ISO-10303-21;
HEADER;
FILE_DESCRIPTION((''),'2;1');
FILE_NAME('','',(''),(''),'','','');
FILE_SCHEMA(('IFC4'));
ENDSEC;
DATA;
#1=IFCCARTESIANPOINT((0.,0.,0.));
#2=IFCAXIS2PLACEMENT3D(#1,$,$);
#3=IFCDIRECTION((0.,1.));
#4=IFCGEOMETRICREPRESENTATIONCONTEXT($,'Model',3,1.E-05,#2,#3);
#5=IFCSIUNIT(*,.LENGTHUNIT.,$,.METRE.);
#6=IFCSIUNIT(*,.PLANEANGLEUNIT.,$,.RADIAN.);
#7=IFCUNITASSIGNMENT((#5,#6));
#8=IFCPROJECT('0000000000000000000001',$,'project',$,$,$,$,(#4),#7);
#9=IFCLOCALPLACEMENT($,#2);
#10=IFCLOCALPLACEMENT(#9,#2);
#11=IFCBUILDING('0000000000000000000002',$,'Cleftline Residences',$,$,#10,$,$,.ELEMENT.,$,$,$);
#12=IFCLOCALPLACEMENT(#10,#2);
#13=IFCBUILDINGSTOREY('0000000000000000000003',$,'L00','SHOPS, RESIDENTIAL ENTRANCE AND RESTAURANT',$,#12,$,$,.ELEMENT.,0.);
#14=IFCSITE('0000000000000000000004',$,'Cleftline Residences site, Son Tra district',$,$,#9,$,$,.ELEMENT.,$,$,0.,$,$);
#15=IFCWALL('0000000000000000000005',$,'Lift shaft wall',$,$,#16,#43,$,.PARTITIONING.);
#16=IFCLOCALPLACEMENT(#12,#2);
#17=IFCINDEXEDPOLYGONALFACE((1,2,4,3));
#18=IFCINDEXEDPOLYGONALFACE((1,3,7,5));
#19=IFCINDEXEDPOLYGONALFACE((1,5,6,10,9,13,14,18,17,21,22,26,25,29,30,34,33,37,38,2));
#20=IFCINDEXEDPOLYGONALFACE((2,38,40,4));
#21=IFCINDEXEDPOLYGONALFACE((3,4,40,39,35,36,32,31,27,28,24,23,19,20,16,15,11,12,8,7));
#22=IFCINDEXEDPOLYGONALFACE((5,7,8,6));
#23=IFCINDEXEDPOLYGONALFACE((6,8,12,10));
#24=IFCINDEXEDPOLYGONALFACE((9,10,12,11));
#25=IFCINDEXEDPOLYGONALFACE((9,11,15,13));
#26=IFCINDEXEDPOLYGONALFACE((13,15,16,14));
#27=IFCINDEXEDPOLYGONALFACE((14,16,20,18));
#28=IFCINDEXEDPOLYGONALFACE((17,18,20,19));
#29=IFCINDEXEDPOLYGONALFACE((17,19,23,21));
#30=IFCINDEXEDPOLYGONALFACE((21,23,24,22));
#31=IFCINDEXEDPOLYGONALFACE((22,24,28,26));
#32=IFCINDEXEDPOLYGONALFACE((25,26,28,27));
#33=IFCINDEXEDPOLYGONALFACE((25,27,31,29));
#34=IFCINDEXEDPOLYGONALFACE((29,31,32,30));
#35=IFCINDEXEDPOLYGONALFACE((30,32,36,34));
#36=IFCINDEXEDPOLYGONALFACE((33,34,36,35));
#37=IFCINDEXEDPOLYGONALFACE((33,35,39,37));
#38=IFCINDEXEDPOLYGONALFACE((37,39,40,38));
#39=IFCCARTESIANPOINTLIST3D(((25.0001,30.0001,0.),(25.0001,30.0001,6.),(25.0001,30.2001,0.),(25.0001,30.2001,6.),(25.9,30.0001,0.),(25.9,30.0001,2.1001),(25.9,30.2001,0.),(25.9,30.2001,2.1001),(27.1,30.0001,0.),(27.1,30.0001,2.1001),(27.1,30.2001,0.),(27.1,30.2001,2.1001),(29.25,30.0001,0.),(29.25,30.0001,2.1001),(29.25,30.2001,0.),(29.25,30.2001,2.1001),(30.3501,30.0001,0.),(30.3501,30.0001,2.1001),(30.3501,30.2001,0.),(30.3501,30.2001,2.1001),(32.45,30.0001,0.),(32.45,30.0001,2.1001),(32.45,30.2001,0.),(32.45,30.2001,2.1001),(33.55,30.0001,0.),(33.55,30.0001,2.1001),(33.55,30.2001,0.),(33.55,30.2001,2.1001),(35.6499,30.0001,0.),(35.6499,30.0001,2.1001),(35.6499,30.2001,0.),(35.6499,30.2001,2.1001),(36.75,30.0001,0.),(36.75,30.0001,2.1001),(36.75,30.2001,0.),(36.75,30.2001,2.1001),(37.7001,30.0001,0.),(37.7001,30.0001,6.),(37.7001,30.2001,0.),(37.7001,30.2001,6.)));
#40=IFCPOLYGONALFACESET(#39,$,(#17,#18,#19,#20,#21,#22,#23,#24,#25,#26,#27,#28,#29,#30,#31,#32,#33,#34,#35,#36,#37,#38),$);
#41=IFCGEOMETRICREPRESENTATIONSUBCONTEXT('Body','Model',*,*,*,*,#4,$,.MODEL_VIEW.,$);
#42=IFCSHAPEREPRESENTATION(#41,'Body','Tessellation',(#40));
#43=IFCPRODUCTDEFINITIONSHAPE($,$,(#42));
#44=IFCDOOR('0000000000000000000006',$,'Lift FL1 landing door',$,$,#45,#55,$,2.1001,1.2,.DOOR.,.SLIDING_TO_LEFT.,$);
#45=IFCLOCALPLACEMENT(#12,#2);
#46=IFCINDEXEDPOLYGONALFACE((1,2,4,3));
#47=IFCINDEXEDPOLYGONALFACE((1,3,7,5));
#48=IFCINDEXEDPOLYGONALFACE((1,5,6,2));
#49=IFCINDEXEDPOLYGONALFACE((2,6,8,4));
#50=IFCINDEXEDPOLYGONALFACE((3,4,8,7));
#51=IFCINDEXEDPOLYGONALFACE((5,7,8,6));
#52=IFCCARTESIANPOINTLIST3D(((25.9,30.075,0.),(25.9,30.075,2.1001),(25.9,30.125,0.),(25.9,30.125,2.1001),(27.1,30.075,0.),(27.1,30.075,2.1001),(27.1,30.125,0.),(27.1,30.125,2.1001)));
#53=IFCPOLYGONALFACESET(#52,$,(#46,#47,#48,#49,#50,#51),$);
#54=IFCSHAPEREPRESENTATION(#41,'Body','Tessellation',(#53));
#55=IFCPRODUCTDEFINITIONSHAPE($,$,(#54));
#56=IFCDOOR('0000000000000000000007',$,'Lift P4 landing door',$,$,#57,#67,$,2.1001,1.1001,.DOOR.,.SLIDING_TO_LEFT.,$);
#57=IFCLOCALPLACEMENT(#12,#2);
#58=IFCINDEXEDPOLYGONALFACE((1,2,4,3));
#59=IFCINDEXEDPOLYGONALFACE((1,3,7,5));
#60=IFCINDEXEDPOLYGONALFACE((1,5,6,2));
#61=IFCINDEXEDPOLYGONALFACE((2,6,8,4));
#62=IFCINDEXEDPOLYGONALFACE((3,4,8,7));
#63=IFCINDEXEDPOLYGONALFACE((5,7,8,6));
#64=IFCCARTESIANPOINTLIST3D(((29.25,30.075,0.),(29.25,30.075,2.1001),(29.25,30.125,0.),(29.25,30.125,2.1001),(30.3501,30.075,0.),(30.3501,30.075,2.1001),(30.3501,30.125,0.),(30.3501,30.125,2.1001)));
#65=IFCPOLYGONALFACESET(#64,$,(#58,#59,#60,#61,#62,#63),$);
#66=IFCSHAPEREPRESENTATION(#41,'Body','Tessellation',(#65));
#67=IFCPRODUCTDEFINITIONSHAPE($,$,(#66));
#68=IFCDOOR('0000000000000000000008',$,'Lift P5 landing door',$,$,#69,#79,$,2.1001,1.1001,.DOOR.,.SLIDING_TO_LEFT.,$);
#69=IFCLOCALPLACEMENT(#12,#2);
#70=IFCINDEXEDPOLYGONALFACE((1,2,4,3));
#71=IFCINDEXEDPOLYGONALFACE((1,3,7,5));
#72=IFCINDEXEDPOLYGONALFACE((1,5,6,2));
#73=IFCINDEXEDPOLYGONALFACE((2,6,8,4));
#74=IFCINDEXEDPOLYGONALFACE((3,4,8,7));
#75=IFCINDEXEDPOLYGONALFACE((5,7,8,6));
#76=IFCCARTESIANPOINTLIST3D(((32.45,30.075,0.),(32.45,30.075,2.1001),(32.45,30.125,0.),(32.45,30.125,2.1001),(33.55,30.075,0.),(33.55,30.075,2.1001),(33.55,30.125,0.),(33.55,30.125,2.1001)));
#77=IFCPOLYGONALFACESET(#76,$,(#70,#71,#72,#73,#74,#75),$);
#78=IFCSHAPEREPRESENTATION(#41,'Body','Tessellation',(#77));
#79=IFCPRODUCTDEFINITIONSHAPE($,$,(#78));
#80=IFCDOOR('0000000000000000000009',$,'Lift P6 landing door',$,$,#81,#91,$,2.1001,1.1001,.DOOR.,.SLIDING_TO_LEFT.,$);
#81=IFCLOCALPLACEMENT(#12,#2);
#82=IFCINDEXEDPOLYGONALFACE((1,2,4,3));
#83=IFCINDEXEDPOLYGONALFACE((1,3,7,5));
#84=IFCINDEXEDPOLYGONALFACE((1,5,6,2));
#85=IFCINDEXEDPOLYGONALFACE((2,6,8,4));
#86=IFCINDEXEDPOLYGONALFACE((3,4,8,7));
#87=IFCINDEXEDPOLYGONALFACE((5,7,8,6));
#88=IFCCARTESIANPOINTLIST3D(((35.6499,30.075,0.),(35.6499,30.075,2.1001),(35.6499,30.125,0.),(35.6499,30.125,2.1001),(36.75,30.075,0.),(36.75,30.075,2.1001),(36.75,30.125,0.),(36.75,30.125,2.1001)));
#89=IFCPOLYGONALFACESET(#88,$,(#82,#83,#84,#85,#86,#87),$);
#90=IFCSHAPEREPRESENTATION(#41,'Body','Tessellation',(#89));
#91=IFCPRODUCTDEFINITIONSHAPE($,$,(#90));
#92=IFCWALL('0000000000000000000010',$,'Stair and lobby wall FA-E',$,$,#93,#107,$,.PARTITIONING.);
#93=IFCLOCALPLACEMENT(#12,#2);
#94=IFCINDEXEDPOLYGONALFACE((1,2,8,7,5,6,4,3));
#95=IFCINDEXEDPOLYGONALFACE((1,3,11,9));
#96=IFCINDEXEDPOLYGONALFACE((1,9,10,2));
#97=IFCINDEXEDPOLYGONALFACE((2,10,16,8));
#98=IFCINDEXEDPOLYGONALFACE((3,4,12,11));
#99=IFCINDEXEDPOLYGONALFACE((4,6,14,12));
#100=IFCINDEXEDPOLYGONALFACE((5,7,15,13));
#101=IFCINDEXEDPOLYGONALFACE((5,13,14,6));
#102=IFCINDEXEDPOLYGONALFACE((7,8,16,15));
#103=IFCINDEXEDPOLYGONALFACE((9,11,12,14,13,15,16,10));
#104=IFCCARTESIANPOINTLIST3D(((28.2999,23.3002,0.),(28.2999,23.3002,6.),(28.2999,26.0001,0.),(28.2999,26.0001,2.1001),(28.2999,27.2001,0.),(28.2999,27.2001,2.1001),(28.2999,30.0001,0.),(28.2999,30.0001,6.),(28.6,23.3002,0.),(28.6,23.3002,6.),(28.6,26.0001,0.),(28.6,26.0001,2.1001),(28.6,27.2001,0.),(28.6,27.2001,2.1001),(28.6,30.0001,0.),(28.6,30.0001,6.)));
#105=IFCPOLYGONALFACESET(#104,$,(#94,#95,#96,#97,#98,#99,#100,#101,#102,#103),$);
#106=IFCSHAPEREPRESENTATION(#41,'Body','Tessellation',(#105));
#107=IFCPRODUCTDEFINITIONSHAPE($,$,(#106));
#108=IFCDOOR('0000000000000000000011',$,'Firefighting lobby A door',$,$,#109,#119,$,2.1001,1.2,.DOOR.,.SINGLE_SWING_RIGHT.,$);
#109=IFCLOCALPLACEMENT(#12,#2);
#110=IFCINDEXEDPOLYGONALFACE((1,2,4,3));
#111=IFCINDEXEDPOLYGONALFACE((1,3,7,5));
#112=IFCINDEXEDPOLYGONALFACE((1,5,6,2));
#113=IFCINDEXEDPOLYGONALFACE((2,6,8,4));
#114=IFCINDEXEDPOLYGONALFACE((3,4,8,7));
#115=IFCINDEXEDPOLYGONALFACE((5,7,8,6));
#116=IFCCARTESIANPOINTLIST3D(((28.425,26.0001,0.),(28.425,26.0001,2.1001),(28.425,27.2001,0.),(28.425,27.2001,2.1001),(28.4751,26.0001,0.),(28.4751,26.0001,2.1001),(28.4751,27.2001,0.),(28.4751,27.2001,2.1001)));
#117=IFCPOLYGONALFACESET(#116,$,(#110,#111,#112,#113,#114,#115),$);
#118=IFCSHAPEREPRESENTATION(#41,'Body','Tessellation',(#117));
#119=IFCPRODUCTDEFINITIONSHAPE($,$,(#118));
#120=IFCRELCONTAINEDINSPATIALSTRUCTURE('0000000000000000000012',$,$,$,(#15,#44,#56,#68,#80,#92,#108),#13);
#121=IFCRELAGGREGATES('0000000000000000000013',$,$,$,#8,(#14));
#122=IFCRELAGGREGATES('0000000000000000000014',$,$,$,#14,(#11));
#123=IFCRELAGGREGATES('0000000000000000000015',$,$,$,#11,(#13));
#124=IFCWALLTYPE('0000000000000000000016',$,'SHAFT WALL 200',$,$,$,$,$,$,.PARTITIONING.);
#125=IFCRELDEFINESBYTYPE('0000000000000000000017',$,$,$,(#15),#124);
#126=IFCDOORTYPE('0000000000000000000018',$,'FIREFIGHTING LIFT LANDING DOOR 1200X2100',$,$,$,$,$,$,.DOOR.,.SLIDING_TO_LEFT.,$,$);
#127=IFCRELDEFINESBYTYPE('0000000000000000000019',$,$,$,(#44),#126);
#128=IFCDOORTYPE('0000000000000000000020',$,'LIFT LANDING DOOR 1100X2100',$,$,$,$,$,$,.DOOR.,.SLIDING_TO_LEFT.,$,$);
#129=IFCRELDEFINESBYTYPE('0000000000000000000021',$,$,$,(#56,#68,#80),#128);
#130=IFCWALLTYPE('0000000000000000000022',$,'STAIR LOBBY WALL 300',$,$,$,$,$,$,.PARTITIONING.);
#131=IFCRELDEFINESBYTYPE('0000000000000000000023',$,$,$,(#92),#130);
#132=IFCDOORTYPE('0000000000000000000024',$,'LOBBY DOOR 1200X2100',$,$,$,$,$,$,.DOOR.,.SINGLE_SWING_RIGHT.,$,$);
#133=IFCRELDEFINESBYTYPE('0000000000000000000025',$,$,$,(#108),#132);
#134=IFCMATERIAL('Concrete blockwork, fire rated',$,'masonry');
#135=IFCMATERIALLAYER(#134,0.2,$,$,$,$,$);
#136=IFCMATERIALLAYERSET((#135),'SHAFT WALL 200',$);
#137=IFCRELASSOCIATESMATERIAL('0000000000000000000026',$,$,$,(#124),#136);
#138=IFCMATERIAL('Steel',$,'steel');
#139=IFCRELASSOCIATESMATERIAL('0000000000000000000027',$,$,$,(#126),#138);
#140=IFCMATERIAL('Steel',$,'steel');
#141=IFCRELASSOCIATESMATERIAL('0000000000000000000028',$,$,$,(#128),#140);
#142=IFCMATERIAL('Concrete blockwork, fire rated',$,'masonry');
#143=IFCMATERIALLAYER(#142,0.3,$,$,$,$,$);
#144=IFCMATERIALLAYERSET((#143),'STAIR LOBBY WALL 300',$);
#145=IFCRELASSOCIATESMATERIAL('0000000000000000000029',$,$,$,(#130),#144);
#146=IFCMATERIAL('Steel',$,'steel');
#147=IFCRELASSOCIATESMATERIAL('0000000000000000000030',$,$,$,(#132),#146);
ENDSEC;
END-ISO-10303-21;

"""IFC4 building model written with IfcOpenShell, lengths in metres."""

from ifc_helpers import new_model, si_unit, direction, frame, frame_2d, origin, place, context, subcontext, project, spatial, rectangle, extrude, material, layer, layer_set, type_object, element, fill, save


model = new_model("IFC4")

# Units and contexts
model_context = context("Model", 3, precision=1e-05, world=origin(), true_north=direction((0.0, 1.0)))
body_context = subcontext(model_context, "Body", "Model", "MODEL_VIEW")
ifc_project = project(units=[si_unit("LENGTHUNIT", "METRE"), si_unit("PLANEANGLEUNIT", "RADIAN")], contexts=[model_context])

# Site, building, storey
site_placement = place(None, origin())
site = spatial("IfcSite", under=ifc_project, at=site_placement, Name="Cleftline Residences site, Son Tra district", CompositionType="ELEMENT", RefElevation=0.0)
building_placement = place(site_placement, origin())
building = spatial("IfcBuilding", under=site, at=building_placement, Name="Cleftline Residences", CompositionType="ELEMENT")
storey_placement = place(building_placement, origin())
storey = spatial("IfcBuildingStorey", under=building, at=storey_placement, Name="L00", Description="SHOPS, RESIDENTIAL ENTRANCE AND RESTAURANT", CompositionType="ELEMENT", Elevation=0.0)

# Wall, openings, doors
ifc_material_1 = material(Name="Concrete blockwork, fire rated", Category="masonry")
ifc_layer_1 = layer(ifc_material_1, 0.2)
ifc_layer_set_1 = layer_set([ifc_layer_1], Name="SHAFT WALL 200")
wall_type_1 = type_object("IfcWallType", Name="SHAFT WALL 200", PredefinedType="PARTITIONING", material=ifc_layer_set_1)
ifc_material_2 = material(Name="Steel", Category="steel")
door_type_1 = type_object("IfcDoorType", Name="FIREFIGHTING LIFT LANDING DOOR 1200X2100", OperationType="SLIDING_TO_LEFT", PredefinedType="DOOR", material=ifc_material_2)
ifc_material_3 = material(Name="Steel", Category="steel")
door_type_2 = type_object("IfcDoorType", Name="LIFT LANDING DOOR 1100X2100", OperationType="SLIDING_TO_LEFT", PredefinedType="DOOR", material=ifc_material_3)
wall_1_placement = place(storey_placement, frame((25.0, 30.1001, 0.0), z_axis=(0.0, 0.0, 1.0), x_axis=(1.0, 0.0, 0.0)))
wall_1 = element("IfcWall", 1, at=wall_1_placement, inside=storey, type_object=wall_type_1, Name="Lift shaft wall", PredefinedType="PARTITIONING", context=body_context, shape_type="SweptSolid", body=[
    extrude(rectangle(XDim=12.7, YDim=0.2, at=frame_2d((6.3501, 0.0))), origin(), (0.0, 0.0, 1.0), 6.0),
])
opening_1_placement = place(wall_1_placement, frame((4.25, 0.0, 0.0)))
opening_1 = element("IfcOpeningElement", 2, at=opening_1_placement, cuts=wall_1, PredefinedType="OPENING", context=body_context, shape_type="SweptSolid", body=[
    extrude(rectangle(XDim=1.1001, YDim=2.1001, at=frame_2d((0.55, 1.05))), frame((0.0, 0.1099, 0.0), z_axis=(0.0, -1.0, 0.0), x_axis=(1.0, 0.0, 0.0)), (0.0, 0.0, 1.0), 0.22),
])
opening_2_placement = place(wall_1_placement, frame((7.45, 0.0, 0.0)))
opening_2 = element("IfcOpeningElement", 3, at=opening_2_placement, cuts=wall_1, PredefinedType="OPENING", context=body_context, shape_type="SweptSolid", body=[
    extrude(rectangle(XDim=1.1001, YDim=2.1001, at=frame_2d((0.55, 1.05))), frame((0.0, 0.1099, 0.0), z_axis=(0.0, -1.0, 0.0), x_axis=(1.0, 0.0, 0.0)), (0.0, 0.0, 1.0), 0.22),
])
opening_3_placement = place(wall_1_placement, frame((10.6499, 0.0, 0.0)))
opening_3 = element("IfcOpeningElement", 4, at=opening_3_placement, cuts=wall_1, PredefinedType="OPENING", context=body_context, shape_type="SweptSolid", body=[
    extrude(rectangle(XDim=1.1001, YDim=2.1001, at=frame_2d((0.55, 1.05))), frame((0.0, 0.1099, 0.0), z_axis=(0.0, -1.0, 0.0), x_axis=(1.0, 0.0, 0.0)), (0.0, 0.0, 1.0), 0.22),
])
opening_4_placement = place(wall_1_placement, frame((0.8999, 0.0, 0.0)))
opening_4 = element("IfcOpeningElement", 5, at=opening_4_placement, cuts=wall_1, PredefinedType="OPENING", context=body_context, shape_type="SweptSolid", body=[
    extrude(rectangle(XDim=1.2, YDim=2.1001, at=frame_2d((0.6001, 1.05))), frame((0.0, 0.1099, 0.0), z_axis=(0.0, -1.0, 0.0), x_axis=(1.0, 0.0, 0.0)), (0.0, 0.0, 1.0), 0.22),
])
door_1_placement = place(opening_4_placement, origin())
door_1 = element("IfcDoor", 6, at=door_1_placement, inside=storey, type_object=door_type_1, Name="Lift FL1 landing door", OperationType="SLIDING_TO_LEFT", OverallHeight=2.1001, OverallWidth=1.2, PredefinedType="DOOR", context=body_context, shape_type="SweptSolid", body=[
    extrude(rectangle(XDim=1.2, YDim=2.1001, at=frame_2d((0.6001, 1.05))), frame((0.0, 0.0249, 0.0), z_axis=(0.0, -1.0, 0.0), x_axis=(1.0, 0.0, 0.0)), (0.0, 0.0, 1.0), 0.05),
])
fill(opening_4, door_1)
door_2_placement = place(opening_1_placement, origin())
door_2 = element("IfcDoor", 7, at=door_2_placement, inside=storey, type_object=door_type_2, Name="Lift P4 landing door", OperationType="SLIDING_TO_LEFT", OverallHeight=2.1001, OverallWidth=1.1001, PredefinedType="DOOR", context=body_context, shape_type="SweptSolid", body=[
    extrude(rectangle(XDim=1.1001, YDim=2.1001, at=frame_2d((0.55, 1.05))), frame((0.0, 0.0249, 0.0), z_axis=(0.0, -1.0, 0.0), x_axis=(1.0, 0.0, 0.0)), (0.0, 0.0, 1.0), 0.05),
])
fill(opening_1, door_2)
door_3_placement = place(opening_2_placement, origin())
door_3 = element("IfcDoor", 8, at=door_3_placement, inside=storey, type_object=door_type_2, Name="Lift P5 landing door", OperationType="SLIDING_TO_LEFT", OverallHeight=2.1001, OverallWidth=1.1001, PredefinedType="DOOR", context=body_context, shape_type="SweptSolid", body=[
    extrude(rectangle(XDim=1.1001, YDim=2.1001, at=frame_2d((0.55, 1.05))), frame((0.0, 0.0249, 0.0), z_axis=(0.0, -1.0, 0.0), x_axis=(1.0, 0.0, 0.0)), (0.0, 0.0, 1.0), 0.05),
])
fill(opening_2, door_3)
door_4_placement = place(opening_3_placement, origin())
door_4 = element("IfcDoor", 9, at=door_4_placement, inside=storey, type_object=door_type_2, Name="Lift P6 landing door", OperationType="SLIDING_TO_LEFT", OverallHeight=2.1001, OverallWidth=1.1001, PredefinedType="DOOR", context=body_context, shape_type="SweptSolid", body=[
    extrude(rectangle(XDim=1.1001, YDim=2.1001, at=frame_2d((0.55, 1.05))), frame((0.0, 0.0249, 0.0), z_axis=(0.0, -1.0, 0.0), x_axis=(1.0, 0.0, 0.0)), (0.0, 0.0, 1.0), 0.05),
])
fill(opening_3, door_4)

# Wall, opening, door
ifc_material_4 = material(Name="Concrete blockwork, fire rated", Category="masonry")
ifc_layer_2 = layer(ifc_material_4, 0.3)
ifc_layer_set_2 = layer_set([ifc_layer_2], Name="STAIR LOBBY WALL 300")
wall_type_2 = type_object("IfcWallType", Name="STAIR LOBBY WALL 300", PredefinedType="PARTITIONING", material=ifc_layer_set_2)
wall_2_placement = place(storey_placement, frame((28.45, 23.3, 0.0), z_axis=(0.0, 0.0, 1.0), x_axis=(0.0, 1.0, 0.0)))
wall_2 = element("IfcWall", 10, at=wall_2_placement, inside=storey, type_object=wall_type_2, Name="Stair and lobby wall FA-E", PredefinedType="PARTITIONING", context=body_context, shape_type="SweptSolid", body=[
    extrude(rectangle(XDim=6.7, YDim=0.3, at=frame_2d((3.3501, 0.0))), origin(), (0.0, 0.0, 1.0), 6.0),
])
opening_5_placement = place(wall_2_placement, frame((2.7, 0.0, 0.0)))
opening_5 = element("IfcOpeningElement", 11, at=opening_5_placement, cuts=wall_2, PredefinedType="OPENING", context=body_context, shape_type="SweptSolid", body=[
    extrude(rectangle(XDim=1.2, YDim=2.1001, at=frame_2d((0.6001, 1.05))), frame((0.0, 0.1599, 0.0), z_axis=(0.0, -1.0, 0.0), x_axis=(1.0, 0.0, 0.0)), (0.0, 0.0, 1.0), 0.3201),
])
ifc_material_5 = material(Name="Steel", Category="steel")
door_type_3 = type_object("IfcDoorType", Name="LOBBY DOOR 1200X2100", OperationType="SINGLE_SWING_RIGHT", PredefinedType="DOOR", material=ifc_material_5)
door_5_placement = place(opening_5_placement, origin())
door_5 = element("IfcDoor", 12, at=door_5_placement, inside=storey, type_object=door_type_3, Name="Firefighting lobby A door", OperationType="SINGLE_SWING_RIGHT", OverallHeight=2.1001, OverallWidth=1.2, PredefinedType="DOOR", context=body_context, shape_type="SweptSolid", body=[
    extrude(rectangle(XDim=1.2, YDim=2.1001, at=frame_2d((0.6001, 1.05))), frame((0.0, 0.0249, 0.0), z_axis=(0.0, -1.0, 0.0), x_axis=(1.0, 0.0, 0.0)), (0.0, 0.0, 1.0), 0.05),
])
fill(opening_5, door_5)

save(model, "model.ifc")
